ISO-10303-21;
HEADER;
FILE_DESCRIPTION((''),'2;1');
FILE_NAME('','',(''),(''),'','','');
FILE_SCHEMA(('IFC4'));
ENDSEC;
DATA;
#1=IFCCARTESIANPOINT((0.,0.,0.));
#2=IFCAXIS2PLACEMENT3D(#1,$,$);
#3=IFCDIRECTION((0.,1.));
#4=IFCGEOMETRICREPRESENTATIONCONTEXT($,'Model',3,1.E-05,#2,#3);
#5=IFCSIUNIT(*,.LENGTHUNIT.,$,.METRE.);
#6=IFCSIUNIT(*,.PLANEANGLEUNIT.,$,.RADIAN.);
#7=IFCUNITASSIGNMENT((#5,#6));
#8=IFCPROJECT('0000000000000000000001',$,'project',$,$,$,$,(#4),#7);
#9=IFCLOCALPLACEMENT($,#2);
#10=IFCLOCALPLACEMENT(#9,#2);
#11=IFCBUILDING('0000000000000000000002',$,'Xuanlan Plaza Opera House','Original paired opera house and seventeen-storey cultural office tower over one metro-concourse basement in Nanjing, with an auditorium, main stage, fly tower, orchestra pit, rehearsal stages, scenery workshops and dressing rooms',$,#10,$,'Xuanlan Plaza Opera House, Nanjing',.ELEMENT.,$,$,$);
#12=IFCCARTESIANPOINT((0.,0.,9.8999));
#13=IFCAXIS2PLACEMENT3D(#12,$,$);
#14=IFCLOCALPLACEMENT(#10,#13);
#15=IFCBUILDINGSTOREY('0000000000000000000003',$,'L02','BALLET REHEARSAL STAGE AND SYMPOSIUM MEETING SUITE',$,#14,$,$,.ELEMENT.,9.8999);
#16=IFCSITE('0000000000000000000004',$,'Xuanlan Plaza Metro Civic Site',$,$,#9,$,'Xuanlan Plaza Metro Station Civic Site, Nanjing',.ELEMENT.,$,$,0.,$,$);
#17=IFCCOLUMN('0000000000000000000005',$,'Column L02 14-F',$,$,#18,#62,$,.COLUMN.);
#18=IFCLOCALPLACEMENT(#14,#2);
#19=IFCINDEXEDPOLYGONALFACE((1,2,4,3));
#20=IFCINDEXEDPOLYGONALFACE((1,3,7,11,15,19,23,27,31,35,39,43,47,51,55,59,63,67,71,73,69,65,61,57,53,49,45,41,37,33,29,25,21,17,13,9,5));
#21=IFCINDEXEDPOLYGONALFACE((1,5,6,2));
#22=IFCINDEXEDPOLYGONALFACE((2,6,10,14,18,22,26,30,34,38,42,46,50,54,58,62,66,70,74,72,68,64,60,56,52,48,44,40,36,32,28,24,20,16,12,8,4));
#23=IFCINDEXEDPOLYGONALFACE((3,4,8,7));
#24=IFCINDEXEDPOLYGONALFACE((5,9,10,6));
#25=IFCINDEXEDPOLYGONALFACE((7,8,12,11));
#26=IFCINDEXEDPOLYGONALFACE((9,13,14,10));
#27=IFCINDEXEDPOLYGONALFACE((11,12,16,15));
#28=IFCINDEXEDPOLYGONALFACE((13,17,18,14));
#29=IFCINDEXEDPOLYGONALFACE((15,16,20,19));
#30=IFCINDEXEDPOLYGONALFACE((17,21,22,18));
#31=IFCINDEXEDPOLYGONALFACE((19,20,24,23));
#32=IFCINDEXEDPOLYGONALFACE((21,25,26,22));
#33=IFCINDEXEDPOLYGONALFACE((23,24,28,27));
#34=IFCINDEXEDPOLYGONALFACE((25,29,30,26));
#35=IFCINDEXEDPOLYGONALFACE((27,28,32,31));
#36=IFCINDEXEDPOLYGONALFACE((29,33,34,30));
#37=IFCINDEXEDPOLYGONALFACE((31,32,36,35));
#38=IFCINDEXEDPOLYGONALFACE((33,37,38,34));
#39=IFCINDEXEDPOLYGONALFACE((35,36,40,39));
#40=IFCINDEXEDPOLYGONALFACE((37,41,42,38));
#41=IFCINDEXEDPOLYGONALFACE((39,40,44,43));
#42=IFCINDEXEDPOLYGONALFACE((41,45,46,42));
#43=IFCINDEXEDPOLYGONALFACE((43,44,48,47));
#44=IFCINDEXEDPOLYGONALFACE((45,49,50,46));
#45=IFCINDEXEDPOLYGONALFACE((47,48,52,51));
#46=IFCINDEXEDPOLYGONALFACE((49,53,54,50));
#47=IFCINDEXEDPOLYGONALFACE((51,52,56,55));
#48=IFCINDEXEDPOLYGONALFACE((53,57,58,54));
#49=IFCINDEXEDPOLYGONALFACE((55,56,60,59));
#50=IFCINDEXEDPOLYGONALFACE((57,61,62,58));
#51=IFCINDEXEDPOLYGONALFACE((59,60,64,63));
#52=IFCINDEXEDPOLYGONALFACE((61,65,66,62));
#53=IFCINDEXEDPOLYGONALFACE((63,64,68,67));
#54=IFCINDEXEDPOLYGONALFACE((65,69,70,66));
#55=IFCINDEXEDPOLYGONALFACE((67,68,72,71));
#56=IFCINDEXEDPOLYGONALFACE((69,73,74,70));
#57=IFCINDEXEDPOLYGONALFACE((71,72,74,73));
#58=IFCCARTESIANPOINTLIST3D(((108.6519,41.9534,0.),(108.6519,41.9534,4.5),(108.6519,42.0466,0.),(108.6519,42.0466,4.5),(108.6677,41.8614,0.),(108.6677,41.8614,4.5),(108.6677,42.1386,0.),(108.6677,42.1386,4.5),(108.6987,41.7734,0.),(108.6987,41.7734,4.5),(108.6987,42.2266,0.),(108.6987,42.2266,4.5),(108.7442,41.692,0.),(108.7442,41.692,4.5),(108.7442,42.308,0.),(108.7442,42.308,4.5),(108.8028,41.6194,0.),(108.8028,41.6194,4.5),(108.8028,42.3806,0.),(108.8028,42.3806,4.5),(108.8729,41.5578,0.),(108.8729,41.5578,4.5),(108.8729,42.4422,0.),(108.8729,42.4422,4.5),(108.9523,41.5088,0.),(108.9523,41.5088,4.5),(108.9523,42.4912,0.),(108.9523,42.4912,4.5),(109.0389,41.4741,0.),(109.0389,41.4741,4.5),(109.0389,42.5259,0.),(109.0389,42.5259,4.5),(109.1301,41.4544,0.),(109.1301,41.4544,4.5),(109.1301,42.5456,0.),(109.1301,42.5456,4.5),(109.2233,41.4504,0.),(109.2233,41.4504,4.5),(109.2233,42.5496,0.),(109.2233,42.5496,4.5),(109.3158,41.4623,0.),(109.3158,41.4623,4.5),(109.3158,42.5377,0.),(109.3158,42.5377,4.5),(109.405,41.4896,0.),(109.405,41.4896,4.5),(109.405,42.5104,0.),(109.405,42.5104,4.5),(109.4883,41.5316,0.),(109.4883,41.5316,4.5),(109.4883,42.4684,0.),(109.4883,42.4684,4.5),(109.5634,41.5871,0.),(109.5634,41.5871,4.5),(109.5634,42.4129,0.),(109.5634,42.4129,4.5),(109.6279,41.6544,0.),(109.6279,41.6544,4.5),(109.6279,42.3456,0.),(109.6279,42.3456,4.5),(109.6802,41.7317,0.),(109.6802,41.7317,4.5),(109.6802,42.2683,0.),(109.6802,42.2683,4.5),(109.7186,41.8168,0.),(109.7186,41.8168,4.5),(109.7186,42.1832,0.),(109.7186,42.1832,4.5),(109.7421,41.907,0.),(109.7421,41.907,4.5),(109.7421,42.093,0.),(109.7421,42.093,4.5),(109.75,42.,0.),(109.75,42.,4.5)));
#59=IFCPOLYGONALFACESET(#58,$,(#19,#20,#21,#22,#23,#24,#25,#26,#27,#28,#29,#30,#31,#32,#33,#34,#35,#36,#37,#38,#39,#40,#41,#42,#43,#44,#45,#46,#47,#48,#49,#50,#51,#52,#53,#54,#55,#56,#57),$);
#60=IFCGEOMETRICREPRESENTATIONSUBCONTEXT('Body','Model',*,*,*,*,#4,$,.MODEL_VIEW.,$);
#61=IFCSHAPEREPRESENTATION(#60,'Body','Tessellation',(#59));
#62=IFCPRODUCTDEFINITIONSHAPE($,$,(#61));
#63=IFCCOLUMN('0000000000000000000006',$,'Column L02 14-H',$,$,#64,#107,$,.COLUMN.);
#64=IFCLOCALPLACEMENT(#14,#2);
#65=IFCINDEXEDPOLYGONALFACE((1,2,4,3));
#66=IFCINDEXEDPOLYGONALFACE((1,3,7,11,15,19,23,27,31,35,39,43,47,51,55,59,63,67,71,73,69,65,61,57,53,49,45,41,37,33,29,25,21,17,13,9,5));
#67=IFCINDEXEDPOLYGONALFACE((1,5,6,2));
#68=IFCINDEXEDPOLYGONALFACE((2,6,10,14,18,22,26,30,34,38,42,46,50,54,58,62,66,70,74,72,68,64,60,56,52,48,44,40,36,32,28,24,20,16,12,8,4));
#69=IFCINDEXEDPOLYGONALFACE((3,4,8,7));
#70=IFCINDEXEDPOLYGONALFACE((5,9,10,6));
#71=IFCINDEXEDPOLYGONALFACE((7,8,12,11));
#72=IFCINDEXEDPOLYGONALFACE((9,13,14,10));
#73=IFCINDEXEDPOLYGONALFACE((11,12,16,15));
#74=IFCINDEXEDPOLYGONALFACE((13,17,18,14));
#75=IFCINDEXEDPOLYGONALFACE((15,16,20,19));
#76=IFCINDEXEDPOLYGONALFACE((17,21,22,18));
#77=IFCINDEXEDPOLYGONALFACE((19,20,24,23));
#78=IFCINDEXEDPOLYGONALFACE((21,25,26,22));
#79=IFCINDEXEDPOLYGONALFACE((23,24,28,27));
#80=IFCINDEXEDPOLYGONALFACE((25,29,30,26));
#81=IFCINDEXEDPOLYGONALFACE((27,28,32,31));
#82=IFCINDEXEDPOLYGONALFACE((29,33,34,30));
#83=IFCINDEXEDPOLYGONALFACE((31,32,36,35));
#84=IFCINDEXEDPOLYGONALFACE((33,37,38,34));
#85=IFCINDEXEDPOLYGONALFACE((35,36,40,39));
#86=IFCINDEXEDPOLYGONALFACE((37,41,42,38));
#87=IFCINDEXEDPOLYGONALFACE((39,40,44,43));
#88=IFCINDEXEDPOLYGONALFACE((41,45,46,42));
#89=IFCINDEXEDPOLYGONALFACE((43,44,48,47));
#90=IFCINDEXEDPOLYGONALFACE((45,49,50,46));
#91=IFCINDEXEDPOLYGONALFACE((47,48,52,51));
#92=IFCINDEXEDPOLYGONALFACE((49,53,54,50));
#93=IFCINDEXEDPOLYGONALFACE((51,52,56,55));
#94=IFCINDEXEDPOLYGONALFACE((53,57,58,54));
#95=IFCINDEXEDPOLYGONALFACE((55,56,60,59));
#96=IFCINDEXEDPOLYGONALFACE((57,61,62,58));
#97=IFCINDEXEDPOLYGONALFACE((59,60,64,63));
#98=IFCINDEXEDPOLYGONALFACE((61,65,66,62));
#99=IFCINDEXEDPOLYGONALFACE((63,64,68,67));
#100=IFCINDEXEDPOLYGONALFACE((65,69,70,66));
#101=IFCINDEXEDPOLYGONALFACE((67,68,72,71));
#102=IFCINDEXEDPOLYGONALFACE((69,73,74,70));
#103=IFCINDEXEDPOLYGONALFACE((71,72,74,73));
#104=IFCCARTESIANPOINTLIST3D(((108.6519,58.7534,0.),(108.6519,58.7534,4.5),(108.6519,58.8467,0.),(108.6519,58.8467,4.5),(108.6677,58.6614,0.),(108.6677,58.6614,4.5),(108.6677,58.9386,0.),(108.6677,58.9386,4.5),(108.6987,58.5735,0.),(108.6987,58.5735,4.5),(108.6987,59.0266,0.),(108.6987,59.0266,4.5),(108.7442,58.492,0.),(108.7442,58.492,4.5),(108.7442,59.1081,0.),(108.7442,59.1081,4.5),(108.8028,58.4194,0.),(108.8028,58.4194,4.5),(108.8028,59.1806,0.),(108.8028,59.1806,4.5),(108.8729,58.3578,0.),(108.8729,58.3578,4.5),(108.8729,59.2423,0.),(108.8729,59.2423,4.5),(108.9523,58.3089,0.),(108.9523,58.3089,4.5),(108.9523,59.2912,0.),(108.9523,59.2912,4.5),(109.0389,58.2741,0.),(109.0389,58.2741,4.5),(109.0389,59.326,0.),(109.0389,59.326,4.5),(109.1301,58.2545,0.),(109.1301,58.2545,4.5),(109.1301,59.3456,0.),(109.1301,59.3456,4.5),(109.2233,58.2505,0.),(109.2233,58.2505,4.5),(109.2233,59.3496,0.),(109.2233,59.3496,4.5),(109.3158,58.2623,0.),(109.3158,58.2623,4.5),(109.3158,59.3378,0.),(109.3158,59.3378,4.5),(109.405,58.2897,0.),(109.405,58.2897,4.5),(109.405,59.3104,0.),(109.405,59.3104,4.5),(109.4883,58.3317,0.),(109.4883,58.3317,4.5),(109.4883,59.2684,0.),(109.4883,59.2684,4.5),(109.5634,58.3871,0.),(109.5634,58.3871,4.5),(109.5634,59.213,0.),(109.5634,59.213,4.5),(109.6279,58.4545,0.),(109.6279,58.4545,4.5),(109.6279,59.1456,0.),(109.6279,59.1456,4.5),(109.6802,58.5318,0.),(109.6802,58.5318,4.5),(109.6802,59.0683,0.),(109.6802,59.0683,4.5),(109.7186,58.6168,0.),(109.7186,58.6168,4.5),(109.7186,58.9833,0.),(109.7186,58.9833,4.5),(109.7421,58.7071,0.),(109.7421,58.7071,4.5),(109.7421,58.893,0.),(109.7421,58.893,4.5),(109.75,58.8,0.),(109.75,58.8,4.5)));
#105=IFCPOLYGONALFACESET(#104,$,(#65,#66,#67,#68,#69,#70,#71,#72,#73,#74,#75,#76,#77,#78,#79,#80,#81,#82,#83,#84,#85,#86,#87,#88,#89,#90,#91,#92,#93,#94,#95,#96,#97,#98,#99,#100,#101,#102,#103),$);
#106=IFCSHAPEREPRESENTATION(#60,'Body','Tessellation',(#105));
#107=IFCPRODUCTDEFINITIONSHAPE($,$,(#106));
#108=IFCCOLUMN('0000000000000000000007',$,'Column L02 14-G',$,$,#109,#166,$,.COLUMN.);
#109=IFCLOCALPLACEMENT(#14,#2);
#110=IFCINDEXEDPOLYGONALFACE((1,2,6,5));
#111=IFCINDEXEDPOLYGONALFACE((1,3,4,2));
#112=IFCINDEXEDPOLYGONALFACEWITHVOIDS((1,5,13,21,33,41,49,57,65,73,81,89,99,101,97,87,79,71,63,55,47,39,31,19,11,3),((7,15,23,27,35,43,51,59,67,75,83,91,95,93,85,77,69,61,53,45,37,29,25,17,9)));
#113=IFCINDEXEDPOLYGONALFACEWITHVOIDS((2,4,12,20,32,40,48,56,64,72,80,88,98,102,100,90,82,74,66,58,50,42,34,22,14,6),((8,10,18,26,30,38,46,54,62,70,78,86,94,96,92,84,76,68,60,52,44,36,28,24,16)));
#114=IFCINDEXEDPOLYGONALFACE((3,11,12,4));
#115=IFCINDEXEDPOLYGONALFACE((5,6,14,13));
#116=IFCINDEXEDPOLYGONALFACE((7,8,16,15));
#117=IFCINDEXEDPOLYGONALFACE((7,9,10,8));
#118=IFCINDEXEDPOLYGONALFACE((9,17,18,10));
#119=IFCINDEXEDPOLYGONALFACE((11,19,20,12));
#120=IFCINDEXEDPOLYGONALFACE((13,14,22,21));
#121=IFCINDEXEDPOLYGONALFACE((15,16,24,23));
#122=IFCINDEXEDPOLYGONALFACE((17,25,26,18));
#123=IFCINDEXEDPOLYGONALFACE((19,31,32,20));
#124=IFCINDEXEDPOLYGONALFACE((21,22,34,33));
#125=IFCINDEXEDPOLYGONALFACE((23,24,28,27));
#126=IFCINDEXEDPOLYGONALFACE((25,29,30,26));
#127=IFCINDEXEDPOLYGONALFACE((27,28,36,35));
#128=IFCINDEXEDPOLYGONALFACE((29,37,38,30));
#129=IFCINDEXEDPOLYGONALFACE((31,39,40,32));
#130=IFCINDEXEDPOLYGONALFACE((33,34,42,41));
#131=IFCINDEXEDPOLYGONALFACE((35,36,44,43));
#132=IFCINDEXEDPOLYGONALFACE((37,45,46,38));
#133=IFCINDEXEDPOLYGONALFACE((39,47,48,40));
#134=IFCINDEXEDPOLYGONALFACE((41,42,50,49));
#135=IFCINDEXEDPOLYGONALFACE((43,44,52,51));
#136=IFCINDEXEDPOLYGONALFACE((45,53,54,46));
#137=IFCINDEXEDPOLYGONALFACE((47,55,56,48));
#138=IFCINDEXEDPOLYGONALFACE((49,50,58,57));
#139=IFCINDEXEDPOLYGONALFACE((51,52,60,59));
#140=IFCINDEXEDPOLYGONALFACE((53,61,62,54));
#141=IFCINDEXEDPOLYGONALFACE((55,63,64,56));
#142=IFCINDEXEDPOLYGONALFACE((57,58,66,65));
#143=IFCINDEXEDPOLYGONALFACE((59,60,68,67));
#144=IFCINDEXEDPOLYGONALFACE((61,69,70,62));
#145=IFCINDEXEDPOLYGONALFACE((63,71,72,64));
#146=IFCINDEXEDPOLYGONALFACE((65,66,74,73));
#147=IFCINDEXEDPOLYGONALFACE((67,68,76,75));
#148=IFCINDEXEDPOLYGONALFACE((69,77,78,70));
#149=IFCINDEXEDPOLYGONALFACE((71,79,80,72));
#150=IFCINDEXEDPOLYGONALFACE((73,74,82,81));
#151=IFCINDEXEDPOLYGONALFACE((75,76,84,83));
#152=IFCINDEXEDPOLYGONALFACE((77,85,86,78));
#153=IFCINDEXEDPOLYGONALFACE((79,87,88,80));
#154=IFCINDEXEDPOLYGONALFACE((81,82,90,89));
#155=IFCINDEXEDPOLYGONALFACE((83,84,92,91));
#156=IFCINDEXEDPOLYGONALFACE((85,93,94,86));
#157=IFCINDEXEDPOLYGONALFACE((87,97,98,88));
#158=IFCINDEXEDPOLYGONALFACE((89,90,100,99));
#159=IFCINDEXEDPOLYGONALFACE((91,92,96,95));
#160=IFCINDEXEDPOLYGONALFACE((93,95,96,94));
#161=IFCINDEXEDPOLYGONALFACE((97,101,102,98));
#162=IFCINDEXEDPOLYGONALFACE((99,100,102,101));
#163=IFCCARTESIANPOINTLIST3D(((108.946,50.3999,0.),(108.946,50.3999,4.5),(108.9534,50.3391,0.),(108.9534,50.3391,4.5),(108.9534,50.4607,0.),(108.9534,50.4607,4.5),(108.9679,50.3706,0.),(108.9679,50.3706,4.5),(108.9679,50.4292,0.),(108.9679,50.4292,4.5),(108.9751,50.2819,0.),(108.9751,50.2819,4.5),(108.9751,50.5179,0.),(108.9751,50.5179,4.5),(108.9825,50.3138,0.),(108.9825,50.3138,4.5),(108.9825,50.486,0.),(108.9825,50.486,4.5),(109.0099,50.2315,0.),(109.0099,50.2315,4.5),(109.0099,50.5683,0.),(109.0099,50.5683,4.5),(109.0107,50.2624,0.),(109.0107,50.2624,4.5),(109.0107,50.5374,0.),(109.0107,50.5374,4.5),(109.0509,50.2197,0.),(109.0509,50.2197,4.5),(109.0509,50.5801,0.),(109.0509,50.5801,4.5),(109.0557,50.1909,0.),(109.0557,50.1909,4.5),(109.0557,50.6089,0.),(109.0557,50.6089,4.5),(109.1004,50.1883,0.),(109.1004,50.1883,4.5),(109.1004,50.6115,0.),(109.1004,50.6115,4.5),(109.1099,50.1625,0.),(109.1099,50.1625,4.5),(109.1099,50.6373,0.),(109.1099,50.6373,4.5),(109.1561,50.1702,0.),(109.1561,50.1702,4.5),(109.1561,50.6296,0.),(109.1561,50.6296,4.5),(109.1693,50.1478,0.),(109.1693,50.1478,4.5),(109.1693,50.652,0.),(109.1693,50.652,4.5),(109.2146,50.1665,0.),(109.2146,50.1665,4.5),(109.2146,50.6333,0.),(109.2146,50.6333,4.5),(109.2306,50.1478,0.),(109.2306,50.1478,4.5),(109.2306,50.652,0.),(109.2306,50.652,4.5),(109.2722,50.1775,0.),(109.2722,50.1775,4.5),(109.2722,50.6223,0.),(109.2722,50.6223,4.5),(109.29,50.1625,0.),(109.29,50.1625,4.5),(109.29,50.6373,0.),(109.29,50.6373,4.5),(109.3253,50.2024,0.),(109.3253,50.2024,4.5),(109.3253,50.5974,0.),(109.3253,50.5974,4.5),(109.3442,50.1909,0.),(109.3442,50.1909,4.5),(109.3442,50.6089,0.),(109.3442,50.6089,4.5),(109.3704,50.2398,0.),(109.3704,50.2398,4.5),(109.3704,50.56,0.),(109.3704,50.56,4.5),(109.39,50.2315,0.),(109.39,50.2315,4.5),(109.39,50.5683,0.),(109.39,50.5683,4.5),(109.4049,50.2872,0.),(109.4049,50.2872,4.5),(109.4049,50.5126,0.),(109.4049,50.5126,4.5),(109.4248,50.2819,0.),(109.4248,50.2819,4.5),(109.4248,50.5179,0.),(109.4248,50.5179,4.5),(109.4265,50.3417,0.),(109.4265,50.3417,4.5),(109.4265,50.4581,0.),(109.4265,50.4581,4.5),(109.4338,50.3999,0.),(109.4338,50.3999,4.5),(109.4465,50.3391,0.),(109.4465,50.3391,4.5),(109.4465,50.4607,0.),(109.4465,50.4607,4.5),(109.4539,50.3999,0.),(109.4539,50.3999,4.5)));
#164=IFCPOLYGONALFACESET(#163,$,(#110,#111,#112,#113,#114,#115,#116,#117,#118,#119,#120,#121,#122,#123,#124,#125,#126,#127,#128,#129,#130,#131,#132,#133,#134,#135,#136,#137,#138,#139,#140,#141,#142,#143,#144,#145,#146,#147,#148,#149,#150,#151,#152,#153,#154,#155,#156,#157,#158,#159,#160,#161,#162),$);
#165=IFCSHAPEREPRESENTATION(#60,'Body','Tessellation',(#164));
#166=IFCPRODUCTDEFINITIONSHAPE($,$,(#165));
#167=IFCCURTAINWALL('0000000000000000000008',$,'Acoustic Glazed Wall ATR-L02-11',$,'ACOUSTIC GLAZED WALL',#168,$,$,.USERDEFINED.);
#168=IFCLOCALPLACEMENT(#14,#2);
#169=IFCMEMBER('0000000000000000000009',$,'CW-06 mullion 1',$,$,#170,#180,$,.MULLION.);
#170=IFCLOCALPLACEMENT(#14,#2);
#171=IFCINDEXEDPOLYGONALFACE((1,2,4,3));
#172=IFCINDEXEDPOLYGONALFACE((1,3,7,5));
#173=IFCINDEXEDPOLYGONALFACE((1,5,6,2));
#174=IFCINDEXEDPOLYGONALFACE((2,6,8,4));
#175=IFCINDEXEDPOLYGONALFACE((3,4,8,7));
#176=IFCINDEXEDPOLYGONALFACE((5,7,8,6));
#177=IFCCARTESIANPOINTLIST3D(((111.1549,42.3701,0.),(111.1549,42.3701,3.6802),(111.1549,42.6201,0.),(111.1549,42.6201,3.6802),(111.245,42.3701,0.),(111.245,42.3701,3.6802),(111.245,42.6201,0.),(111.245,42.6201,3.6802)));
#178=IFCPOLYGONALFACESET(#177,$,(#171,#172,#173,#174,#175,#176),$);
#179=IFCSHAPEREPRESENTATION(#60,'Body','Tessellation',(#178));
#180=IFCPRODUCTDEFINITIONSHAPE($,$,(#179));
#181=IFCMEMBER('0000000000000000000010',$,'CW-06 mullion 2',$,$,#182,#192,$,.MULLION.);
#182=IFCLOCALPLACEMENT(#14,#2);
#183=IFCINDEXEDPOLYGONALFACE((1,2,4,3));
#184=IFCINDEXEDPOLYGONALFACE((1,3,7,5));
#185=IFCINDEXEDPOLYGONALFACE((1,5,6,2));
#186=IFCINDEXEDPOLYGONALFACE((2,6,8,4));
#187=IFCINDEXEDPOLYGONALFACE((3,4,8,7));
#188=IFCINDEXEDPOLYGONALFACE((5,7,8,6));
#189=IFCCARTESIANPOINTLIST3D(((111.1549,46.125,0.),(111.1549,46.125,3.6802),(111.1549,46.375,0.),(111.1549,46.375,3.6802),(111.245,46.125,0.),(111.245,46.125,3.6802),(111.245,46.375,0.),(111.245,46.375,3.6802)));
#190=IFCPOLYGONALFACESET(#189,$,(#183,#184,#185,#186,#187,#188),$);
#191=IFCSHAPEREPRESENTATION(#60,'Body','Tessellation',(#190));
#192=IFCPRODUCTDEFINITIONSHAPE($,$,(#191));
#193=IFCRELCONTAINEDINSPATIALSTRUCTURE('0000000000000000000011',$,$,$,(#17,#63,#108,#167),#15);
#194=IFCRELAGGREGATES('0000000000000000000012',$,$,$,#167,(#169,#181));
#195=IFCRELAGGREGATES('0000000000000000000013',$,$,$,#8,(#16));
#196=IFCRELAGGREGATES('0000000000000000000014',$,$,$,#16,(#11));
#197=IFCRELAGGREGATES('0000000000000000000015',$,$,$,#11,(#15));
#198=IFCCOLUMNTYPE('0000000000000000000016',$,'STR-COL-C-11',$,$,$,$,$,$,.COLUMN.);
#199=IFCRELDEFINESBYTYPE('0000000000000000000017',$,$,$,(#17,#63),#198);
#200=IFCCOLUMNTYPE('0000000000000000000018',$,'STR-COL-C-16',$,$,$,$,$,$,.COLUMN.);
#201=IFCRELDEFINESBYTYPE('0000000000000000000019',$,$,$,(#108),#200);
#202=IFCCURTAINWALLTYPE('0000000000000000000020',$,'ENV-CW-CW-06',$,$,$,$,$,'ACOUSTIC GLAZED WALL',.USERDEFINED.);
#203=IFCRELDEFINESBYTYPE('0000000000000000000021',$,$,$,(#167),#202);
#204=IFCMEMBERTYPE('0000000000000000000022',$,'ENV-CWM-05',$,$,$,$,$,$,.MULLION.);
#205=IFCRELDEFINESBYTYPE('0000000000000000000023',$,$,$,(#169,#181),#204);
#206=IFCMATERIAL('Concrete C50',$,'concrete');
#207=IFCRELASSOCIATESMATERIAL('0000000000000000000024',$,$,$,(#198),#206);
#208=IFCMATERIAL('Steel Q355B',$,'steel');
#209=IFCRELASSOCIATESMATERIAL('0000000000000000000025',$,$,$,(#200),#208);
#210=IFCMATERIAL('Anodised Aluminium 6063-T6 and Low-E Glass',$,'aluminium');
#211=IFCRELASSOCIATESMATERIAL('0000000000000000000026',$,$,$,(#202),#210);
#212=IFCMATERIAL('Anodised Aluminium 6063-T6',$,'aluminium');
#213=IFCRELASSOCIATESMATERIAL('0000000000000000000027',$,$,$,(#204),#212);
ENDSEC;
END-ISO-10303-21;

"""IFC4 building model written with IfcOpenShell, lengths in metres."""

from ifc_helpers import new_model, si_unit, direction, frame, origin, origin_2d, place, context, subcontext, project, spatial, rectangle, circle, hollow_circle, extrude, material, material_profile, profile_set, type_object, element, aggregate, save


model = new_model("IFC4")

# Units and contexts
model_context = context("Model", 3, precision=1e-05, world=origin(), true_north=direction((0.0, 1.0)))
body_context = subcontext(model_context, "Body", "Model", "MODEL_VIEW")
ifc_project = project(units=[si_unit("LENGTHUNIT", "METRE"), si_unit("PLANEANGLEUNIT", "RADIAN")], contexts=[model_context])

# Site, building, storey
site_placement = place(None, origin())
site = spatial("IfcSite", under=ifc_project, at=site_placement, Name="Xuanlan Plaza Metro Civic Site", LongName="Xuanlan Plaza Metro Station Civic Site, Nanjing", CompositionType="ELEMENT", RefElevation=0.0)
building_placement = place(site_placement, origin())
building = spatial("IfcBuilding", under=site, at=building_placement, Name="Xuanlan Plaza Opera House", Description="Original paired opera house and seventeen-storey cultural office tower over one metro-concourse basement in Nanjing, with an auditorium, main stage, fly tower, orchestra pit, rehearsal stages, scenery workshops and dressing rooms", LongName="Xuanlan Plaza Opera House, Nanjing", CompositionType="ELEMENT")
storey_placement = place(building_placement, frame((0.0, 0.0, 9.8999)))
storey = spatial("IfcBuildingStorey", under=building, at=storey_placement, Name="L02", Description="BALLET REHEARSAL STAGE AND SYMPOSIUM MEETING SUITE", CompositionType="ELEMENT", Elevation=9.8999)

# Columns
ifc_material_1 = material(Name="Concrete C50", Category="concrete")
ifc_material_profile_1 = material_profile(ifc_material_1, circle(Radius=0.55, at=origin_2d()), Name="RC-COL D1100")
ifc_profile_set_1 = profile_set([ifc_material_profile_1], Name="Concrete C50")
column_type_1 = type_object("IfcColumnType", Name="STR-COL-C-11", PredefinedType="COLUMN", material=ifc_profile_set_1)
for number, where, z_axis, x_axis, name in (
    (1, (109.2, 42.0, 0.0), (0.0, 0.0, 1.0), (1.0, 0.0, 0.0), "Column L02 14-F"),
    (2, (109.2, 58.8, 0.0), (0.0, 0.0, 1.0), (1.0, 0.0, 0.0), "Column L02 14-H"),
):
    element("IfcColumn", number, at=place(storey_placement, frame(where, z_axis=z_axis, x_axis=x_axis)), inside=storey, type_object=column_type_1, Name=name, PredefinedType="COLUMN", context=body_context, shape_type="SweptSolid", body=[
        extrude(circle(Radius=0.55, at=origin_2d()), origin(), (0.0, 0.0, 1.0), 4.5),
    ])
ifc_material_2 = material(Name="Steel Q355B", Category="steel")
ifc_material_profile_2 = material_profile(ifc_material_2, hollow_circle(Radius=0.2539, WallThickness=0.02, at=origin_2d()), Name="CHS 508x20")
ifc_profile_set_2 = profile_set([ifc_material_profile_2], Name="Steel Q355B")
column_type_2 = type_object("IfcColumnType", Name="STR-COL-C-16", PredefinedType="COLUMN", material=ifc_profile_set_2)
column_placement = place(storey_placement, frame((109.2, 50.3999, 0.0), z_axis=(0.0, 0.0, 1.0), x_axis=(1.0, 0.0, 0.0)))
element("IfcColumn", 3, at=column_placement, inside=storey, type_object=column_type_2, Name="Column L02 14-G", PredefinedType="COLUMN", context=body_context, shape_type="SweptSolid", body=[
    extrude(hollow_circle(Radius=0.2539, WallThickness=0.02, at=origin_2d()), origin(), (0.0, 0.0, 1.0), 4.5),
])

# Curtain wall, members
ifc_material_3 = material(Name="Anodised Aluminium 6063-T6 and Low-E Glass", Category="aluminium")
curtain_wall_type = type_object("IfcCurtainWallType", Name="ENV-CW-CW-06", ElementType="ACOUSTIC GLAZED WALL", PredefinedType="USERDEFINED", material=ifc_material_3)
curtain_wall_placement = place(storey_placement, origin())
curtain_wall = element("IfcCurtainWall", 4, at=curtain_wall_placement, inside=storey, type_object=curtain_wall_type, Name="Acoustic Glazed Wall ATR-L02-11", ObjectType="ACOUSTIC GLAZED WALL", PredefinedType="USERDEFINED")
ifc_material_4 = material(Name="Anodised Aluminium 6063-T6", Category="aluminium")
ifc_material_profile_3 = material_profile(ifc_material_4, rectangle(XDim=0.0901, YDim=0.25, at=origin_2d()), Name="ALU-M 90x250")
ifc_profile_set_3 = profile_set([ifc_material_profile_3], Name="Anodised Aluminium 6063-T6")
member_type_1 = type_object("IfcMemberType", Name="ENV-CWM-05", PredefinedType="MULLION", material=ifc_profile_set_3)
member_1_placement = place(storey_placement, frame((111.2, 42.4951, 0.0), z_axis=(0.0, 0.0, 1.0), x_axis=(-1.0, 0.0, 0.0)))
member_1 = element("IfcMember", 5, at=member_1_placement, type_object=member_type_1, Name="CW-06 mullion 1", PredefinedType="MULLION", context=body_context, shape_type="SweptSolid", body=[
    extrude(rectangle(XDim=0.0901, YDim=0.25, at=origin_2d()), origin(), (0.0, 0.0, 1.0), 3.6802),
])
member_2_placement = place(storey_placement, frame((111.2, 46.25, 0.0), z_axis=(0.0, 0.0, 1.0), x_axis=(-1.0, 0.0, 0.0)))
member_2 = element("IfcMember", 6, at=member_2_placement, type_object=member_type_1, Name="CW-06 mullion 2", PredefinedType="MULLION", context=body_context, shape_type="SweptSolid", body=[
    extrude(rectangle(XDim=0.0901, YDim=0.25, at=origin_2d()), origin(), (0.0, 0.0, 1.0), 3.6802),
])

aggregate(curtain_wall, [member_1, member_2])

save(model, "model.ifc")
